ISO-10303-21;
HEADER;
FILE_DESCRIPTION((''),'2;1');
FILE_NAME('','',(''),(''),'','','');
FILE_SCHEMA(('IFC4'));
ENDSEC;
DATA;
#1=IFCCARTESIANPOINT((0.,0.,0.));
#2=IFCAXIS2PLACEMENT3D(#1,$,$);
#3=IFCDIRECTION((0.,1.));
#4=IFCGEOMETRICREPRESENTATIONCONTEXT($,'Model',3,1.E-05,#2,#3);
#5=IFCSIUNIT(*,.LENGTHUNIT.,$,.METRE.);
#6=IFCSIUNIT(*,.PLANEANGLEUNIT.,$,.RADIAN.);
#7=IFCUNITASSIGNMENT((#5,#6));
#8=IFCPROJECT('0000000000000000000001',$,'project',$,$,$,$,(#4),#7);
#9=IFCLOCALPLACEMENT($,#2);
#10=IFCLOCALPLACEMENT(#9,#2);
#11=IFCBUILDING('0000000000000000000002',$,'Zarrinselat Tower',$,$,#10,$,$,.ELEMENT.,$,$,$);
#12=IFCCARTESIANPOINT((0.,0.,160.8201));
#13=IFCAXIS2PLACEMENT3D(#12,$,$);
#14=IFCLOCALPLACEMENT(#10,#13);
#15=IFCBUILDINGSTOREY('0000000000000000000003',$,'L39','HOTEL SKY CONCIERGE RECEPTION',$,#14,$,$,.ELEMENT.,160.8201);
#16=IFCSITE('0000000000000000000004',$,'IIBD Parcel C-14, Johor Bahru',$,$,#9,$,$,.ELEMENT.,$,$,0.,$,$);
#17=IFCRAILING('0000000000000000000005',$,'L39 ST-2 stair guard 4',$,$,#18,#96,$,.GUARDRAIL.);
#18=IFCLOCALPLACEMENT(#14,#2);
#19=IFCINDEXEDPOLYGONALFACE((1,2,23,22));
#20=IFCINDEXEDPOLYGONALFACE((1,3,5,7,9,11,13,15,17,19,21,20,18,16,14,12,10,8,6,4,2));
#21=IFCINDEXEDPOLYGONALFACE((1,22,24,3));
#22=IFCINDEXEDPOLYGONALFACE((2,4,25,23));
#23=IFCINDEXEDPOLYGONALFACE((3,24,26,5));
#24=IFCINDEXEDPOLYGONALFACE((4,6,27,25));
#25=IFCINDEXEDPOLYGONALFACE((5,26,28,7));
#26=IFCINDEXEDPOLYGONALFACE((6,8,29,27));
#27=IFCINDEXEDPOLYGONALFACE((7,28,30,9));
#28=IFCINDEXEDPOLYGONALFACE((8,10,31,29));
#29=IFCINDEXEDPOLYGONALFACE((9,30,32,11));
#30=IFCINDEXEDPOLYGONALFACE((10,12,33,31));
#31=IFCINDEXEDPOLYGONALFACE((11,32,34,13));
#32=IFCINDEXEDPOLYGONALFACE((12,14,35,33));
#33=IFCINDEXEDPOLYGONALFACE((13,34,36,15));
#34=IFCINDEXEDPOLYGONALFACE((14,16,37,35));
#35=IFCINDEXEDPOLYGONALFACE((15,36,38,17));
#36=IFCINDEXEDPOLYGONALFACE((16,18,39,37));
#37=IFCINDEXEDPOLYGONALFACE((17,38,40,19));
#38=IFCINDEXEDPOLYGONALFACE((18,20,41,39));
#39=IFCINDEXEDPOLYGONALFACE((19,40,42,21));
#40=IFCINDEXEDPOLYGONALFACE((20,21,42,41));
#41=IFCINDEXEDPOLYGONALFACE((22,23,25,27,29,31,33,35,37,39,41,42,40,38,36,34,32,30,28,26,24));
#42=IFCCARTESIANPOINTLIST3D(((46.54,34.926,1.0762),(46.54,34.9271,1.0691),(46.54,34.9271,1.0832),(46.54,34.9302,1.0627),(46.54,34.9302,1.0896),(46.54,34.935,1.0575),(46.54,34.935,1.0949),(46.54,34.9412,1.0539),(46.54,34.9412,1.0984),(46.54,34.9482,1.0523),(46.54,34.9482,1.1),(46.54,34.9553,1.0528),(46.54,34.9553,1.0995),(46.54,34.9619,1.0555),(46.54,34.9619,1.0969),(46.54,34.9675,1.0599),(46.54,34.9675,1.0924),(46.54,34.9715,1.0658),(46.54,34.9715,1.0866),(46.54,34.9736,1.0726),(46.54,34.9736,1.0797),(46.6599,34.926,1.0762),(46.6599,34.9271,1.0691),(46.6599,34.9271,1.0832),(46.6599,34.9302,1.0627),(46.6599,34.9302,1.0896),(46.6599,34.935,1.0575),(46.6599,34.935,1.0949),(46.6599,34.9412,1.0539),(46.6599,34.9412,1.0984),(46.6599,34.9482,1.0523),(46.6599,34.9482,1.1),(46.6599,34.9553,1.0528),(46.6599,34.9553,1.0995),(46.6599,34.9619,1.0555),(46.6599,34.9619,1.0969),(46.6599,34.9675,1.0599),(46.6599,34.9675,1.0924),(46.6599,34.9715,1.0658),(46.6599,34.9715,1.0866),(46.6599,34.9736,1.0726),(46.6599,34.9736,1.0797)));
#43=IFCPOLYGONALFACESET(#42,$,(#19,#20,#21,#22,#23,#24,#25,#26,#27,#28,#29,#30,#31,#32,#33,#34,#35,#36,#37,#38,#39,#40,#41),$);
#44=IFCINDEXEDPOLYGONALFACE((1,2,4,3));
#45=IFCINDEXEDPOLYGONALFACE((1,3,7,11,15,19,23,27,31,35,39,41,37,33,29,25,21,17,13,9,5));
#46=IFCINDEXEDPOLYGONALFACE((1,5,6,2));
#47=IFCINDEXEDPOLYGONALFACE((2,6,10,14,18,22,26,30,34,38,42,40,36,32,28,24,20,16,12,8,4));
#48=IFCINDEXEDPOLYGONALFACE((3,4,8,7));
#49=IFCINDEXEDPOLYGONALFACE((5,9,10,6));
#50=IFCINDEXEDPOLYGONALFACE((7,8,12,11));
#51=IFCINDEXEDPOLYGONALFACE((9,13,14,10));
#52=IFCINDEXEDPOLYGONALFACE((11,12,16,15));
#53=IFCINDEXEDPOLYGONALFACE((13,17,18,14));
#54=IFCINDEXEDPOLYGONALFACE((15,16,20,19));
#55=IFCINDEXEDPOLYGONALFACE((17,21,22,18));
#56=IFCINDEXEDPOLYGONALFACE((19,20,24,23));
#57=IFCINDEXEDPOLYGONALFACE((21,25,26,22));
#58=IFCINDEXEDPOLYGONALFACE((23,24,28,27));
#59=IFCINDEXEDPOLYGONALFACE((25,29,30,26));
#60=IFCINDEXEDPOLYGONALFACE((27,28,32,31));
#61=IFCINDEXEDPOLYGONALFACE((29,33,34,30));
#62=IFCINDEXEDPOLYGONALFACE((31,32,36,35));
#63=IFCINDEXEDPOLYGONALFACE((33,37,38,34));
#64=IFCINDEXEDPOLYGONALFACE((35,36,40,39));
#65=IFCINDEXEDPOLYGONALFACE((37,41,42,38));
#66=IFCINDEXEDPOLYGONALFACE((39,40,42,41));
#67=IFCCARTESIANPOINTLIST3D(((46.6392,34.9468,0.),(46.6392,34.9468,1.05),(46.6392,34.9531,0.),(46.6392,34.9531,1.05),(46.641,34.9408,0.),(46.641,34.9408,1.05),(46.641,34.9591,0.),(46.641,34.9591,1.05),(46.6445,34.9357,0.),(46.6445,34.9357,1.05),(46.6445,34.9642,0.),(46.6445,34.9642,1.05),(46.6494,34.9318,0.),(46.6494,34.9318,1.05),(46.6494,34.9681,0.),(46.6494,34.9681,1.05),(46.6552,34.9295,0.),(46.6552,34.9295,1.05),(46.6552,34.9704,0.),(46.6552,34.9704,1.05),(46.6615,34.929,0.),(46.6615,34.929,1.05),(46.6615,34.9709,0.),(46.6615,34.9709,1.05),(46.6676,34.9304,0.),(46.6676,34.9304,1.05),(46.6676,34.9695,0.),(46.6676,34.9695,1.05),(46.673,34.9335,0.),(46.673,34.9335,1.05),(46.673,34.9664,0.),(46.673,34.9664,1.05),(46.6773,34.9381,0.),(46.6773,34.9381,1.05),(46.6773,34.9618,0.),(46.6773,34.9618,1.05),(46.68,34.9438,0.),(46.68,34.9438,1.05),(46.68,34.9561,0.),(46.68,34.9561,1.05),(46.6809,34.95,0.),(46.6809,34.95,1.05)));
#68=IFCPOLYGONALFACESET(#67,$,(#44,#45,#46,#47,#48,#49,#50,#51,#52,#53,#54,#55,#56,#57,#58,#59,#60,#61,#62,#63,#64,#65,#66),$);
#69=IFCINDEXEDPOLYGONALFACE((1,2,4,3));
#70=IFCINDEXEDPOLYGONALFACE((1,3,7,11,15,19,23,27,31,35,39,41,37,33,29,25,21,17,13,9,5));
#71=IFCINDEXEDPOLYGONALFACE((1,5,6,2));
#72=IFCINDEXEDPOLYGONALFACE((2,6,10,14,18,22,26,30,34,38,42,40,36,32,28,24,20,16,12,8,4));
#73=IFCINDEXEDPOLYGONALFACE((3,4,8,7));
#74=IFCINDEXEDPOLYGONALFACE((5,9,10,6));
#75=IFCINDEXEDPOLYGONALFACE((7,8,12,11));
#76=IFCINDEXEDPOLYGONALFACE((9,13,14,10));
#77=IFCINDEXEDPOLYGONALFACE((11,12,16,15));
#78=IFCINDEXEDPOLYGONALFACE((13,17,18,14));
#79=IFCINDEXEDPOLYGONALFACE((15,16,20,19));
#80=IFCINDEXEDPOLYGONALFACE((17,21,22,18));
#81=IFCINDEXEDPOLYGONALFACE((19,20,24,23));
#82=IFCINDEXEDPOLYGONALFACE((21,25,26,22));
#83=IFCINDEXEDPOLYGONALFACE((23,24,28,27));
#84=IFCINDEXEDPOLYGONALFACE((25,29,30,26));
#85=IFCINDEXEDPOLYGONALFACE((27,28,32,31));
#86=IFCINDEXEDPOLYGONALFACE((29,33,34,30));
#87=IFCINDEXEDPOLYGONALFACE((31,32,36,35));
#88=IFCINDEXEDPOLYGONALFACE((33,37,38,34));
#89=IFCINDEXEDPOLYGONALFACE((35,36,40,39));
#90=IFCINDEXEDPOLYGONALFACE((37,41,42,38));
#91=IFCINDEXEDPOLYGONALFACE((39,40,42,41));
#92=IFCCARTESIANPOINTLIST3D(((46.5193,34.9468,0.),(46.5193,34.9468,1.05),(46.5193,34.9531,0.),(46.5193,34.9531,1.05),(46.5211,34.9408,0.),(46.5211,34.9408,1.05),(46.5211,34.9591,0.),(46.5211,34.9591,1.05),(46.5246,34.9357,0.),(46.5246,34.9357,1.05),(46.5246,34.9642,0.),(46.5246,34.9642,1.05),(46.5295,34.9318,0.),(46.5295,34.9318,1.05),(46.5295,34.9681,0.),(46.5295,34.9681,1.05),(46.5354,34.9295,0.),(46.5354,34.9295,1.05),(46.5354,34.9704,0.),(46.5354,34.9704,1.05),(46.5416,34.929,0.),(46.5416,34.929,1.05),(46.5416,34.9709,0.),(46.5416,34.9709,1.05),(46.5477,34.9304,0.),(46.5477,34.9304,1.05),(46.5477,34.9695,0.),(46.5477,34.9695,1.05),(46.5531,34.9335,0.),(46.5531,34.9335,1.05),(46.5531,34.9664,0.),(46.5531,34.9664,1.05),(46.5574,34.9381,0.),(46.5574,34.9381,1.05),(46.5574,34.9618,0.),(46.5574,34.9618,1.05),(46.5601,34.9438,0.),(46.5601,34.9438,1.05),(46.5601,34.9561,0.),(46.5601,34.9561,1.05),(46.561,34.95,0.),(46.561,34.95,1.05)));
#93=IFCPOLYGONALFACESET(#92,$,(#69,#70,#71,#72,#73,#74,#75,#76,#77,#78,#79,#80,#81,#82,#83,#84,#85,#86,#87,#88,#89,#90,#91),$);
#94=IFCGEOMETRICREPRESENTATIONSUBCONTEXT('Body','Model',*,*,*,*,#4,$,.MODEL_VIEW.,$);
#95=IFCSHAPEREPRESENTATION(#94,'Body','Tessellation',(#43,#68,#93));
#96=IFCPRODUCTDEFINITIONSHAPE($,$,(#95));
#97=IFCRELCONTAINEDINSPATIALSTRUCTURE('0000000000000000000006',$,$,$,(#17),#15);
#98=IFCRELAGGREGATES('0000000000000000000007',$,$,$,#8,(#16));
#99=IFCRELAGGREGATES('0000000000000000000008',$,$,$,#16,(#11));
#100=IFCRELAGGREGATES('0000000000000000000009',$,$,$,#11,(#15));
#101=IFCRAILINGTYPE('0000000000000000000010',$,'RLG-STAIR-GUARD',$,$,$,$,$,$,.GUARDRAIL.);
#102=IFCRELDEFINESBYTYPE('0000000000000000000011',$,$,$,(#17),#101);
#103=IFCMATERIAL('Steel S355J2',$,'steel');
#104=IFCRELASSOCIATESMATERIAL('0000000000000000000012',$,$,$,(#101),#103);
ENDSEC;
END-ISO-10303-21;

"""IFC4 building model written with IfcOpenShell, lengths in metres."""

from ifc_helpers import new_model, si_unit, direction, frame, origin, origin_2d, place, context, subcontext, project, spatial, circle, extrude, material, type_object, element, save


model = new_model("IFC4")

# Units and contexts
model_context = context("Model", 3, precision=1e-05, world=origin(), true_north=direction((0.0, 1.0)))
body_context = subcontext(model_context, "Body", "Model", "MODEL_VIEW")
ifc_project = project(units=[si_unit("LENGTHUNIT", "METRE"), si_unit("PLANEANGLEUNIT", "RADIAN")], contexts=[model_context])

# Site, building, storey
site_placement = place(None, origin())
site = spatial("IfcSite", under=ifc_project, at=site_placement, Name="IIBD Parcel C-14, Johor Bahru", CompositionType="ELEMENT", RefElevation=0.0)
building_placement = place(site_placement, origin())
building = spatial("IfcBuilding", under=site, at=building_placement, Name="Zarrinselat Tower", CompositionType="ELEMENT")
storey_placement = place(building_placement, frame((0.0, 0.0, 160.8201)))
storey = spatial("IfcBuildingStorey", under=building, at=storey_placement, Name="L39", Description="HOTEL SKY CONCIERGE RECEPTION", CompositionType="ELEMENT", Elevation=160.8201)

# Railing
ifc_material_1 = material(Name="Steel S355J2", Category="steel")
railing_type_1 = type_object("IfcRailingType", Name="RLG-STAIR-GUARD", PredefinedType="GUARDRAIL", material=ifc_material_1)
railing_1_placement = place(storey_placement, frame((46.6599, 34.95, 0.0)))
element("IfcRailing", 1, at=railing_1_placement, inside=storey, type_object=railing_type_1, Name="L39 ST-2 stair guard 4", PredefinedType="GUARDRAIL", context=body_context, shape_type="SweptSolid", body=[
    extrude(circle(Radius=0.0239, at=origin_2d()), frame((0.0, 0.0, 1.0762), z_axis=(-1.0, 0.0, 0.0), x_axis=(0.0, -1.0, 0.0)), (0.0, 0.0, 1.0), 0.1199),
    extrude(circle(Radius=0.021, at=origin_2d()), origin(), (0.0, 0.0, 1.0), 1.05),
    extrude(circle(Radius=0.021, at=origin_2d()), frame((-0.1199, 0.0, 0.0)), (0.0, 0.0, 1.0), 1.05),
])

save(model, "model.ifc")
